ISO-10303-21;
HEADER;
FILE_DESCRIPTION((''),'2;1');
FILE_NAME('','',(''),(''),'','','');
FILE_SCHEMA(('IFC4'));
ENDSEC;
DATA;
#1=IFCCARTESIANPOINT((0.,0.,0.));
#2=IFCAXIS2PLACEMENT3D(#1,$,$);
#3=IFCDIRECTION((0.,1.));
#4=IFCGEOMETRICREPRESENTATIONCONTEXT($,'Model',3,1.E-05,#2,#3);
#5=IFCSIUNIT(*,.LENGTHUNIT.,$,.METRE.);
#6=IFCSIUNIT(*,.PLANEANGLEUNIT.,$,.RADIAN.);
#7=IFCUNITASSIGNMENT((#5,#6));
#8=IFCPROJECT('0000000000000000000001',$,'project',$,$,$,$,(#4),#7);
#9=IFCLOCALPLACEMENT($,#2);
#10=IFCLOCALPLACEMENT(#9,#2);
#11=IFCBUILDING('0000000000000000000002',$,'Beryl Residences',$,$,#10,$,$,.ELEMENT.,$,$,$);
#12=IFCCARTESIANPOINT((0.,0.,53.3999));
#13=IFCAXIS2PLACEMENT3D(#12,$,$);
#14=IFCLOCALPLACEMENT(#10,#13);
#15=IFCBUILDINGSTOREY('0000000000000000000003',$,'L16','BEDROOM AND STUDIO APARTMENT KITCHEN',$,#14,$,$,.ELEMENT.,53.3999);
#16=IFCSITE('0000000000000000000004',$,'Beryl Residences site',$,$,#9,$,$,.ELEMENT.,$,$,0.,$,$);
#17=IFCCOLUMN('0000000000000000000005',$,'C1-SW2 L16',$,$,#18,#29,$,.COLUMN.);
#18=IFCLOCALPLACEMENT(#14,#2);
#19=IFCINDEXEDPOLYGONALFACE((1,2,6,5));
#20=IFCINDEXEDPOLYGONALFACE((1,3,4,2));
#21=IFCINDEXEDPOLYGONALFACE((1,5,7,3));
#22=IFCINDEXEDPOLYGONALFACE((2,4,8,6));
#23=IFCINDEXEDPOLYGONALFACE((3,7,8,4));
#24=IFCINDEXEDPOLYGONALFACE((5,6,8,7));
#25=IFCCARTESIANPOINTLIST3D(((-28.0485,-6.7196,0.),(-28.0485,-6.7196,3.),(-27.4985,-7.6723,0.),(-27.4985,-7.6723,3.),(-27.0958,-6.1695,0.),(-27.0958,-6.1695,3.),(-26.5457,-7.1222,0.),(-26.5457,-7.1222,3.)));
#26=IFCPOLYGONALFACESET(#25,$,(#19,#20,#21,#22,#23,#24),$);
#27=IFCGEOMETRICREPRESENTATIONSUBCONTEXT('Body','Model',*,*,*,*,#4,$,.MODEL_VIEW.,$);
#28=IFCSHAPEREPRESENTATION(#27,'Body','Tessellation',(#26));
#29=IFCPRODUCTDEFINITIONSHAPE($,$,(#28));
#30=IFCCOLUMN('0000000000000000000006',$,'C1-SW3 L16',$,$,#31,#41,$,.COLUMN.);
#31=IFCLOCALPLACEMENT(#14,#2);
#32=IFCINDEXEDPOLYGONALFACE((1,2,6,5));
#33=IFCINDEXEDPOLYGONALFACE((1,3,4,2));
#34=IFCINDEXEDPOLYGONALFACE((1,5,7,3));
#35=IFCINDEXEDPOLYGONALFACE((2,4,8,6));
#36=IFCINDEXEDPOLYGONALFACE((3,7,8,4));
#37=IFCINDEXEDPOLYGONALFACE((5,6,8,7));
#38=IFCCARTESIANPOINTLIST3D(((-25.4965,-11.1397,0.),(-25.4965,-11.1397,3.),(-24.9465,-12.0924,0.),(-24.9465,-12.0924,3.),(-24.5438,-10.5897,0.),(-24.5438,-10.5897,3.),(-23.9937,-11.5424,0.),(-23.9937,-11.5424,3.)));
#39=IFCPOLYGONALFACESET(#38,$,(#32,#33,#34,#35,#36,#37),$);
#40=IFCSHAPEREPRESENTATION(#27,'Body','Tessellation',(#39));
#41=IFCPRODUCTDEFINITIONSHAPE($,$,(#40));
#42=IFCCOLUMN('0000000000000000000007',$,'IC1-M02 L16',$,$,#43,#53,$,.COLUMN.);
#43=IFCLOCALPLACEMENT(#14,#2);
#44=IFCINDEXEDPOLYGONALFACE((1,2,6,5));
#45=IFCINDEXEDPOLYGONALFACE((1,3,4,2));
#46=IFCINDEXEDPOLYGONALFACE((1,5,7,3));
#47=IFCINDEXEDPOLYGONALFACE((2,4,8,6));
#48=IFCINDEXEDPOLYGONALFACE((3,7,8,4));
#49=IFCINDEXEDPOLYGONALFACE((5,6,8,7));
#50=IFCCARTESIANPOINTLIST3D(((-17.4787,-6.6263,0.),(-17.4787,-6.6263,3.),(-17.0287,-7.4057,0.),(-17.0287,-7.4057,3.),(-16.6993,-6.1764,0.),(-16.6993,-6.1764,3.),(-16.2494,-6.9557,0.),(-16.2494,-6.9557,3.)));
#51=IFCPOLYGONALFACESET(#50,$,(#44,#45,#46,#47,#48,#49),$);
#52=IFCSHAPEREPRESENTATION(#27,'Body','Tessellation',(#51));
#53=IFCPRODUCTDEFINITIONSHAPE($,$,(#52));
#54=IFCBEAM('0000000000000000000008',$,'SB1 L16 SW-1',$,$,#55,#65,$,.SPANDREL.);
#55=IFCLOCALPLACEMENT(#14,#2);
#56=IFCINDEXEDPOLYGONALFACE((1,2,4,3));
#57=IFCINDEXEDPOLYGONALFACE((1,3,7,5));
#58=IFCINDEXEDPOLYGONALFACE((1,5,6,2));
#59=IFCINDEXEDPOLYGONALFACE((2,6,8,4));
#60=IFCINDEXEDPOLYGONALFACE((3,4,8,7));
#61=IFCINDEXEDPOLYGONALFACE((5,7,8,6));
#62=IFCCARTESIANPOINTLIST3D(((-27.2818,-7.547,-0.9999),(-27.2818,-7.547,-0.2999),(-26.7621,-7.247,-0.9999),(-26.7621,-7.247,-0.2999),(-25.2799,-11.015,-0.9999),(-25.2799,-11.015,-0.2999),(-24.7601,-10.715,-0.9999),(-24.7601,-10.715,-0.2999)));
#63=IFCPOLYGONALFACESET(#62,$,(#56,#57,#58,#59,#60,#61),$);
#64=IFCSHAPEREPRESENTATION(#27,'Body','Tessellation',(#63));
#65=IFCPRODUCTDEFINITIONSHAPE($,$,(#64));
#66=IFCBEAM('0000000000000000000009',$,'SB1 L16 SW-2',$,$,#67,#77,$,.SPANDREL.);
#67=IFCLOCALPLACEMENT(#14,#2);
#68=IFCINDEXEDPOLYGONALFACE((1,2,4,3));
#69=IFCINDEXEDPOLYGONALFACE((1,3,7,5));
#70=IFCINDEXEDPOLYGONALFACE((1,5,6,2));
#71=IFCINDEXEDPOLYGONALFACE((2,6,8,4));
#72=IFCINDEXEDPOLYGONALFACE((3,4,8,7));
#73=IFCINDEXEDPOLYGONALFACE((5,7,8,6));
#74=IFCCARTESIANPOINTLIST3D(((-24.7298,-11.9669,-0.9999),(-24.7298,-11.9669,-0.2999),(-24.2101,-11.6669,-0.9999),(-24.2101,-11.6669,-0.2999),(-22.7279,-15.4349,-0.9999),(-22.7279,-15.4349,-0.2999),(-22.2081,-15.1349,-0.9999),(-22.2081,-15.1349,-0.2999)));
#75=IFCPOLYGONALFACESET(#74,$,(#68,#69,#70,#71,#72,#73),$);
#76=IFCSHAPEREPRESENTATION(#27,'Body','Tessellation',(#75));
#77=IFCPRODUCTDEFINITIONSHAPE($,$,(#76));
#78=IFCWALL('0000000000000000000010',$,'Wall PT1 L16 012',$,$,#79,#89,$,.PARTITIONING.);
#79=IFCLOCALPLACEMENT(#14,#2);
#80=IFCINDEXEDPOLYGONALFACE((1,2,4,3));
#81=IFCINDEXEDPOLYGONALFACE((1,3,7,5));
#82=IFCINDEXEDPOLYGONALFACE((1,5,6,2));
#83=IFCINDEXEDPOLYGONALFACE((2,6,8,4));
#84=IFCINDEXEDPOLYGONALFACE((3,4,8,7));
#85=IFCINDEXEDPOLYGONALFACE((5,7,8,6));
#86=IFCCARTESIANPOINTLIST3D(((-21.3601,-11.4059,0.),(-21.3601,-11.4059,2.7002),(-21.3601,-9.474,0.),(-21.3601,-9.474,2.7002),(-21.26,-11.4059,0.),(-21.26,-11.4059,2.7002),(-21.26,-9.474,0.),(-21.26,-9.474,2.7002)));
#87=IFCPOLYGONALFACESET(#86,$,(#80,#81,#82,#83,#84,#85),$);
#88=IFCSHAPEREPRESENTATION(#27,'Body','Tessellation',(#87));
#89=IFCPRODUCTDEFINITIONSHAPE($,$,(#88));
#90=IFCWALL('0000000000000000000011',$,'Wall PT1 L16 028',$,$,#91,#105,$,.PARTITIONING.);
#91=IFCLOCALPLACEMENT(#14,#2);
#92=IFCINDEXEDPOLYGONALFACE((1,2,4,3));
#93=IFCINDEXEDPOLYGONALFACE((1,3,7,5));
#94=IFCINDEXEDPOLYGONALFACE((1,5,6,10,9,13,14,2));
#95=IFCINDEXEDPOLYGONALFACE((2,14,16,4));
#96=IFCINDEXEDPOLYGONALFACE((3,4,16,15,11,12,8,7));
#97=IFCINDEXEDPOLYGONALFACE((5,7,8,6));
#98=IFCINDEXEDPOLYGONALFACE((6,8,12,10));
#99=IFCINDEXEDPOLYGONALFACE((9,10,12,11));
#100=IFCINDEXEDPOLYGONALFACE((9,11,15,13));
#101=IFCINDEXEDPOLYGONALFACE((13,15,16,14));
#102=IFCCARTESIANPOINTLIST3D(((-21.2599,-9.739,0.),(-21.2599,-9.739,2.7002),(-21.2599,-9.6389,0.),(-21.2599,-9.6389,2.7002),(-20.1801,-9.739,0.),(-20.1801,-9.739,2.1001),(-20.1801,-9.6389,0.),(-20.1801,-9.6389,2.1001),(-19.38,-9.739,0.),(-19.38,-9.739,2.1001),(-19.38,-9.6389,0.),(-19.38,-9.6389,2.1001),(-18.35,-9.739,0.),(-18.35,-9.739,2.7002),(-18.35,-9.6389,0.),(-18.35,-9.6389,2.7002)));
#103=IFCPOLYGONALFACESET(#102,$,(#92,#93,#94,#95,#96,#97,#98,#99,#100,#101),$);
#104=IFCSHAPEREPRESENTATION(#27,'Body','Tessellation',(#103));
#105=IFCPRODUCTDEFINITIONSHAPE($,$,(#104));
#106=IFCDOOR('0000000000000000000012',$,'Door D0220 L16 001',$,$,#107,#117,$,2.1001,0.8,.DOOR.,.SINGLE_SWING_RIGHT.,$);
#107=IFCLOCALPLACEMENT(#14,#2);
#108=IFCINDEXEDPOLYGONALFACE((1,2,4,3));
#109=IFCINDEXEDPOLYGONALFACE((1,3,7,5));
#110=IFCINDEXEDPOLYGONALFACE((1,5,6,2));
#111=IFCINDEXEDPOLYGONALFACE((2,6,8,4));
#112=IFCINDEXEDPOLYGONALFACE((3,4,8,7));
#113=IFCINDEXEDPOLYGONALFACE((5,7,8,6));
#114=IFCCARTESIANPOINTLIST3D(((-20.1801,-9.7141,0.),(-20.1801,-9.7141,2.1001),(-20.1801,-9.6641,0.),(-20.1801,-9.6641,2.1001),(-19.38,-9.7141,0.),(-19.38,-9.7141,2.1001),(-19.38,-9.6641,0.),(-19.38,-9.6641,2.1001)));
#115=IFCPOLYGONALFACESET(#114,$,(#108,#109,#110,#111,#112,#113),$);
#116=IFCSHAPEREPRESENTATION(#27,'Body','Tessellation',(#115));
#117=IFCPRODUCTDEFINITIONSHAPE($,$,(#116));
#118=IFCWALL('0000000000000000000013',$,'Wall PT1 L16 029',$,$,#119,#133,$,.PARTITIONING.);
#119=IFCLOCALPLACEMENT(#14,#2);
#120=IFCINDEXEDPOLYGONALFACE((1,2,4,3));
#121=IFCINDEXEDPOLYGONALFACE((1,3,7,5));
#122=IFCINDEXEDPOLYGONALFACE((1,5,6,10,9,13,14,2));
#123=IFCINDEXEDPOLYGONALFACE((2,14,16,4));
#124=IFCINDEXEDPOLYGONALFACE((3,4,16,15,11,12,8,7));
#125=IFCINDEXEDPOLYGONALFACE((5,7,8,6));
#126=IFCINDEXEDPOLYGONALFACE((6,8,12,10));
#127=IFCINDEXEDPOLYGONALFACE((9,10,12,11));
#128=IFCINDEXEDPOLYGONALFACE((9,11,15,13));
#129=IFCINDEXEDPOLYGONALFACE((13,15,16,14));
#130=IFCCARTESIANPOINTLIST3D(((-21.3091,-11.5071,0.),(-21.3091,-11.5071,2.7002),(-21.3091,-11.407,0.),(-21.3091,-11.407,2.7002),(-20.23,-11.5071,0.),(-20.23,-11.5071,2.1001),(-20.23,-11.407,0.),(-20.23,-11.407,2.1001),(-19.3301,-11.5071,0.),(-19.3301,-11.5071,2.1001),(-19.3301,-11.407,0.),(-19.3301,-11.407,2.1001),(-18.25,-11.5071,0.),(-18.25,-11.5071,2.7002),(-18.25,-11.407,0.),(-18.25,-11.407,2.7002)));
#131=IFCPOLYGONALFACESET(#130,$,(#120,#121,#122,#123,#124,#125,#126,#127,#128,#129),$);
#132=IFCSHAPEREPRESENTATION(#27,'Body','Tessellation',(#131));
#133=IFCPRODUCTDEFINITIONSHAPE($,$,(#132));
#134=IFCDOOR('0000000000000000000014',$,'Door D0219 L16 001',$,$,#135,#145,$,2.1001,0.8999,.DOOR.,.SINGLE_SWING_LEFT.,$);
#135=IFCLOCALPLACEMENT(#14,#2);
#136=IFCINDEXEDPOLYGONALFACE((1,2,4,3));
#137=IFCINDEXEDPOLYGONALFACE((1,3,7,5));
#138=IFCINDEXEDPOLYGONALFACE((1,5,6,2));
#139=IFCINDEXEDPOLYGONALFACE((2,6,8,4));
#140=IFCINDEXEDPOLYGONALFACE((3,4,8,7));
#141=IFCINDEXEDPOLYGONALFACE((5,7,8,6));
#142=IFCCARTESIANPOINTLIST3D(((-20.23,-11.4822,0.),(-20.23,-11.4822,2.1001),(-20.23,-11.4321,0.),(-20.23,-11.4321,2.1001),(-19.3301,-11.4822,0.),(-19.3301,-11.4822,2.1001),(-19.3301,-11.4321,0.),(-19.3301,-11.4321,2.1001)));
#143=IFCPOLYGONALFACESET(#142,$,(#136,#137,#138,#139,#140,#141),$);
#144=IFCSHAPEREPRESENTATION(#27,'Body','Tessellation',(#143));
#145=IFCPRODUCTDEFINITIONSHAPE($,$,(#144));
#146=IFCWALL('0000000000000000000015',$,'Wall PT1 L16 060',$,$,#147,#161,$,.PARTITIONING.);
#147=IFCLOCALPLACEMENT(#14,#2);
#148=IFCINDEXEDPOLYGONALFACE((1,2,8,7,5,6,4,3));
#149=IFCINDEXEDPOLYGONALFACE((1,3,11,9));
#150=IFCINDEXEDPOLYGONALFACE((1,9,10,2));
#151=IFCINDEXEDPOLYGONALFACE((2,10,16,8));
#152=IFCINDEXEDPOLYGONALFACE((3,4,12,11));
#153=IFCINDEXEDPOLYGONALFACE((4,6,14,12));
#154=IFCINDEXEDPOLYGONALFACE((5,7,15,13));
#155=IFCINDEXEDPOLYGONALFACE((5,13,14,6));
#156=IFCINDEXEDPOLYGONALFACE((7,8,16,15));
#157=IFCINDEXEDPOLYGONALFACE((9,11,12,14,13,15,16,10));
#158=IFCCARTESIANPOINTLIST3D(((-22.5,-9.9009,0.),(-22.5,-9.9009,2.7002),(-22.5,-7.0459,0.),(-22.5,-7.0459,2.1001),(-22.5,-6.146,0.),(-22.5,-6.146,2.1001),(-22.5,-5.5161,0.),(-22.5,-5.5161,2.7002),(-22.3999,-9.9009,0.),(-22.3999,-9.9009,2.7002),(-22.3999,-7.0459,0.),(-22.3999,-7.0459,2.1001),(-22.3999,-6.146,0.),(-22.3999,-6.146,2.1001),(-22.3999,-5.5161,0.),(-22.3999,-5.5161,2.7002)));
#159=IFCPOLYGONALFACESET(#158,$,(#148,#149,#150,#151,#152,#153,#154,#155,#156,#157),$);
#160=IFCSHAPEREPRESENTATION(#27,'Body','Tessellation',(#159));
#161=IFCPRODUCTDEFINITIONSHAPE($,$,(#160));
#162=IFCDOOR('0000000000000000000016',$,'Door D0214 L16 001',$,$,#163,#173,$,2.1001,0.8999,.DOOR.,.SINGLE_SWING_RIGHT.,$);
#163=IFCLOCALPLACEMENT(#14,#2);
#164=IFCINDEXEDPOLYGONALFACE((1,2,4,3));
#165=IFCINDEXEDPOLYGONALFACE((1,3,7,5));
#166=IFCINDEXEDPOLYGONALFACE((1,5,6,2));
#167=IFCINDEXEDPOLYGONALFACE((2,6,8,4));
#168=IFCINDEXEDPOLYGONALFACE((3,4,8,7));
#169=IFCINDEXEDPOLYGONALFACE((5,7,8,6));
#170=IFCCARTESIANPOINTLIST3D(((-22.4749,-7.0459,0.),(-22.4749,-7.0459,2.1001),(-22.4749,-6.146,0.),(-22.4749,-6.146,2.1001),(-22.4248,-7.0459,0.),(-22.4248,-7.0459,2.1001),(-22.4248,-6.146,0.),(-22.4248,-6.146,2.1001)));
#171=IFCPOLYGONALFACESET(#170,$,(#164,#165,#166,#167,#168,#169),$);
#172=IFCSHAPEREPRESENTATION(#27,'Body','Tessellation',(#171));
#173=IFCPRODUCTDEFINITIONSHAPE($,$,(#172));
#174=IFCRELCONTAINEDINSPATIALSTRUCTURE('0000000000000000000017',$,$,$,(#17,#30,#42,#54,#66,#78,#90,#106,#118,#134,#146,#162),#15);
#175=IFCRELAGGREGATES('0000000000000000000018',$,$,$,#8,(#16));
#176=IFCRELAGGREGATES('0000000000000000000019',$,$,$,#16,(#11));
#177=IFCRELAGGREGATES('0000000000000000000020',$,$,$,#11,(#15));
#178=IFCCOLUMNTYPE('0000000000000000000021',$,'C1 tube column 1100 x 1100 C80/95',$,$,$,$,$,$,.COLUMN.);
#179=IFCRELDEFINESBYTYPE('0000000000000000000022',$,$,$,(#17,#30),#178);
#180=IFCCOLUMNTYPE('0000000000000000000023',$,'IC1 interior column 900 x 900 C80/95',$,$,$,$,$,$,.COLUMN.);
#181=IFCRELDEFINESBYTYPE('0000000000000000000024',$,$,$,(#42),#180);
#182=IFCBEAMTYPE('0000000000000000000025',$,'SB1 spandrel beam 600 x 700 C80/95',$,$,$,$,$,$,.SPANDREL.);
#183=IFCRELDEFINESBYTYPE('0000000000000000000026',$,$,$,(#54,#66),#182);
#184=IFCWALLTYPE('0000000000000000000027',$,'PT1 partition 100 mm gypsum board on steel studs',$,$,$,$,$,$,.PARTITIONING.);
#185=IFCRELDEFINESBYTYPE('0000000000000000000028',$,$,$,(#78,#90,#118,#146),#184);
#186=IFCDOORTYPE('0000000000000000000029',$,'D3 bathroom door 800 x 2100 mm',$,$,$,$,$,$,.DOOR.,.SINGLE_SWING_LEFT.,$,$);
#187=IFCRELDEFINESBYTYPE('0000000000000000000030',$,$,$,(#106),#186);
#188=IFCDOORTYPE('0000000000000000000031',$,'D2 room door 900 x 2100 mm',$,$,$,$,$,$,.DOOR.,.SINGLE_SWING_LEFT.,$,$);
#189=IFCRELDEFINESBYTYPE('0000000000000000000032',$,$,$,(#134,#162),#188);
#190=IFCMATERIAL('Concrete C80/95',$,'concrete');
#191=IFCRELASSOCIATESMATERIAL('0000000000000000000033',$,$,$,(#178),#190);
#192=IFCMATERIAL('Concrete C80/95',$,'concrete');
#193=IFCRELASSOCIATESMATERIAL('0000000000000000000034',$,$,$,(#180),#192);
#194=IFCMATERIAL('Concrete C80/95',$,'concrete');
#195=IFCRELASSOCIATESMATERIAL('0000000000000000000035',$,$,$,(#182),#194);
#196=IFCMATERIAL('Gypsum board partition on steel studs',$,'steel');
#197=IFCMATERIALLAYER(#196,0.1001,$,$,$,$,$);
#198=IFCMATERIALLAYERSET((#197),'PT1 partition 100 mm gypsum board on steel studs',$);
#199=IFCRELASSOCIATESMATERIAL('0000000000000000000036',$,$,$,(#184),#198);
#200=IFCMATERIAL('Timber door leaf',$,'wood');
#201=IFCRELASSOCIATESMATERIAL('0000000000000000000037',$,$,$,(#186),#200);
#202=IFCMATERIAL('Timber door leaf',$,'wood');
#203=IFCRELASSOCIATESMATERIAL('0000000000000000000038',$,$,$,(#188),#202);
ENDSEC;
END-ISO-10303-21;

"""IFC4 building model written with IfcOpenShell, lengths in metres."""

from ifc_helpers import new_model, si_unit, direction, frame, frame_2d, origin, origin_2d, place, context, subcontext, project, spatial, rectangle, extrude, material, layer, layer_set, material_profile, profile_set, type_object, element, fill, save


model = new_model("IFC4")

# Units and contexts
model_context = context("Model", 3, precision=1e-05, world=origin(), true_north=direction((0.0, 1.0)))
body_context = subcontext(model_context, "Body", "Model", "MODEL_VIEW")
ifc_project = project(units=[si_unit("LENGTHUNIT", "METRE"), si_unit("PLANEANGLEUNIT", "RADIAN")], contexts=[model_context])

# Site, building, storey
site_placement = place(None, origin())
site = spatial("IfcSite", under=ifc_project, at=site_placement, Name="Beryl Residences site", CompositionType="ELEMENT", RefElevation=0.0)
building_placement = place(site_placement, origin())
building = spatial("IfcBuilding", under=site, at=building_placement, Name="Beryl Residences", CompositionType="ELEMENT")
storey_placement = place(building_placement, frame((0.0, 0.0, 53.3999)))
storey = spatial("IfcBuildingStorey", under=building, at=storey_placement, Name="L16", Description="BEDROOM AND STUDIO APARTMENT KITCHEN", CompositionType="ELEMENT", Elevation=53.3999)

# Columns
ifc_material_1 = material(Name="Concrete C80/95", Category="concrete")
ifc_material_profile_1 = material_profile(ifc_material_1, rectangle(XDim=1.1001, YDim=1.1001, at=origin_2d()))
ifc_profile_set_1 = profile_set([ifc_material_profile_1], Name="Concrete C80/95")
column_type_1 = type_object("IfcColumnType", Name="C1 tube column 1100 x 1100 C80/95", PredefinedType="COLUMN", material=ifc_profile_set_1)
for number, where, z_axis, x_axis, name in (
    (1, (-27.2971, -6.9209, 0.0), (0.0, 0.0, 1.0), (0.499985, -0.866034, 0.0), "C1-SW2 L16"),
    (2, (-24.7451, -11.3411, 0.0), (0.0, 0.0, 1.0), (0.499985, -0.866034, 0.0), "C1-SW3 L16"),
):
    element("IfcColumn", number, at=place(storey_placement, frame(where, z_axis=z_axis, x_axis=x_axis)), inside=storey, type_object=column_type_1, Name=name, PredefinedType="COLUMN", context=body_context, shape_type="SweptSolid", body=[
        extrude(rectangle(XDim=1.1001, YDim=1.1001, at=origin_2d()), origin(), (0.0, 0.0, 1.0), 3.0),
    ])
ifc_material_2 = material(Name="Concrete C80/95", Category="concrete")
ifc_material_profile_2 = material_profile(ifc_material_2, rectangle(XDim=0.8999, YDim=0.8999, at=origin_2d()))
ifc_profile_set_2 = profile_set([ifc_material_profile_2], Name="Concrete C80/95")
column_type_2 = type_object("IfcColumnType", Name="IC1 interior column 900 x 900 C80/95", PredefinedType="COLUMN", material=ifc_profile_set_2)
column_placement = place(storey_placement, frame((-16.864, -6.791, 0.0), z_axis=(0.0, 0.0, 1.0), x_axis=(0.499985, -0.866034, 0.0)))
element("IfcColumn", 3, at=column_placement, inside=storey, type_object=column_type_2, Name="IC1-M02 L16", PredefinedType="COLUMN", context=body_context, shape_type="SweptSolid", body=[
    extrude(rectangle(XDim=0.8999, YDim=0.8999, at=origin_2d()), origin(), (0.0, 0.0, 1.0), 3.0),
])

# Beams
ifc_material_3 = material(Name="Concrete C80/95", Category="concrete")
ifc_material_profile_3 = material_profile(ifc_material_3, rectangle(XDim=0.6001, YDim=0.7, at=origin_2d()))
ifc_profile_set_3 = profile_set([ifc_material_profile_3], Name="Concrete C80/95")
beam_type = type_object("IfcBeamType", Name="SB1 spandrel beam 600 x 700 C80/95", PredefinedType="SPANDREL", material=ifc_profile_set_3)
for number, where, z_axis, x_axis, name in (
    (4, (-27.022, -7.397, -0.6499), (0.499942, -0.866059, 0.0), (0.866059, 0.499942, 0.0), "SB1 L16 SW-1"),
    (5, (-24.47, -11.8169, -0.6499), (0.499942, -0.866059, 0.0), (0.866059, 0.499942, 0.0), "SB1 L16 SW-2"),
):
    element("IfcBeam", number, at=place(storey_placement, frame(where, z_axis=z_axis, x_axis=x_axis)), inside=storey, type_object=beam_type, Name=name, PredefinedType="SPANDREL", context=body_context, shape_type="SweptSolid", body=[
        extrude(rectangle(XDim=0.6001, YDim=0.7, at=origin_2d()), origin(), (0.0, 0.0, 1.0), 4.0044),
    ])

# Wall
ifc_material_4 = material(Name="Gypsum board partition on steel studs", Category="steel")
ifc_layer_1 = layer(ifc_material_4, 0.1001)
ifc_layer_set_1 = layer_set([ifc_layer_1], Name="PT1 partition 100 mm gypsum board on steel studs")
wall_type_1 = type_object("IfcWallType", Name="PT1 partition 100 mm gypsum board on steel studs", PredefinedType="PARTITIONING", material=ifc_layer_set_1)
wall_1_placement = place(storey_placement, frame((-21.3101, -9.4741, 0.0), z_axis=(0.0, 0.0, 1.0), x_axis=(0.0, -1.0, 0.0)))
element("IfcWall", 6, at=wall_1_placement, inside=storey, type_object=wall_type_1, Name="Wall PT1 L16 012", PredefinedType="PARTITIONING", context=body_context, shape_type="SweptSolid", body=[
    extrude(rectangle(XDim=1.9319, YDim=0.1001, at=frame_2d((0.9658, 0.0))), origin(), (0.0, 0.0, 1.0), 2.7002),
])

# Walls, openings, doors
wall_2_placement = place(storey_placement, frame((-21.26, -9.689, 0.0), z_axis=(0.0, 0.0, 1.0), x_axis=(1.0, 0.0, 0.0)))
wall_2 = element("IfcWall", 7, at=wall_2_placement, inside=storey, type_object=wall_type_1, Name="Wall PT1 L16 028", PredefinedType="PARTITIONING", context=body_context, shape_type="SweptSolid", body=[
    extrude(rectangle(XDim=2.9099, YDim=0.1001, at=frame_2d((1.4551, 0.0))), origin(), (0.0, 0.0, 1.0), 2.7002),
])
opening_1_placement = place(wall_2_placement, frame((1.0801, 0.0, 0.0)))
opening_1 = element("IfcOpeningElement", 8, at=opening_1_placement, cuts=wall_2, PredefinedType="OPENING", context=body_context, shape_type="SweptSolid", body=[
    extrude(rectangle(XDim=0.8, YDim=2.1001, at=frame_2d((0.3999, 1.05))), frame((0.0, 0.0601, 0.0), z_axis=(0.0, -1.0, 0.0), x_axis=(1.0, 0.0, 0.0)), (0.0, 0.0, 1.0), 0.1201),
])
ifc_material_5 = material(Name="Timber door leaf", Category="wood")
door_type_1 = type_object("IfcDoorType", Name="D3 bathroom door 800 x 2100 mm", OperationType="SINGLE_SWING_LEFT", PredefinedType="DOOR", material=ifc_material_5)
door_1_placement = place(opening_1_placement, origin())
door_1 = element("IfcDoor", 9, at=door_1_placement, inside=storey, type_object=door_type_1, Name="Door D0220 L16 001", OperationType="SINGLE_SWING_RIGHT", OverallHeight=2.1001, OverallWidth=0.8, PredefinedType="DOOR", context=body_context, shape_type="SweptSolid", body=[
    extrude(rectangle(XDim=0.8, YDim=2.1001, at=frame_2d((0.3999, 1.05))), frame((0.0, 0.0249, 0.0), z_axis=(0.0, -1.0, 0.0), x_axis=(1.0, 0.0, 0.0)), (0.0, 0.0, 1.0), 0.05),
])
fill(opening_1, door_1)
wall_3_placement = place(storey_placement, frame((-21.3091, -11.457, 0.0), z_axis=(0.0, 0.0, 1.0), x_axis=(1.0, 0.0, 0.0)))
wall_3 = element("IfcWall", 10, at=wall_3_placement, inside=storey, type_object=wall_type_1, Name="Wall PT1 L16 029", PredefinedType="PARTITIONING", context=body_context, shape_type="SweptSolid", body=[
    extrude(rectangle(XDim=3.0591, YDim=0.1001, at=frame_2d((1.5295, 0.0))), origin(), (0.0, 0.0, 1.0), 2.7002),
])
opening_2_placement = place(wall_3_placement, frame((1.0791, 0.0, 0.0)))
opening_2 = element("IfcOpeningElement", 11, at=opening_2_placement, cuts=wall_3, PredefinedType="OPENING", context=body_context, shape_type="SweptSolid", body=[
    extrude(rectangle(XDim=0.8999, YDim=2.1001, at=frame_2d((0.45, 1.05))), frame((0.0, 0.0601, 0.0), z_axis=(0.0, -1.0, 0.0), x_axis=(1.0, 0.0, 0.0)), (0.0, 0.0, 1.0), 0.1201),
])
ifc_material_6 = material(Name="Timber door leaf", Category="wood")
door_type_2 = type_object("IfcDoorType", Name="D2 room door 900 x 2100 mm", OperationType="SINGLE_SWING_LEFT", PredefinedType="DOOR", material=ifc_material_6)
door_2_placement = place(opening_2_placement, origin())
door_2 = element("IfcDoor", 12, at=door_2_placement, inside=storey, type_object=door_type_2, Name="Door D0219 L16 001", OperationType="SINGLE_SWING_LEFT", OverallHeight=2.1001, OverallWidth=0.8999, PredefinedType="DOOR", context=body_context, shape_type="SweptSolid", body=[
    extrude(rectangle(XDim=0.8999, YDim=2.1001, at=frame_2d((0.45, 1.05))), frame((0.0, 0.0249, 0.0), z_axis=(0.0, -1.0, 0.0), x_axis=(1.0, 0.0, 0.0)), (0.0, 0.0, 1.0), 0.05),
])
fill(opening_2, door_2)
wall_4_placement = place(storey_placement, frame((-22.45, -9.9009, 0.0), z_axis=(0.0, 0.0, 1.0), x_axis=(0.0, 1.0, 0.0)))
wall_4 = element("IfcWall", 13, at=wall_4_placement, inside=storey, type_object=wall_type_1, Name="Wall PT1 L16 060", PredefinedType="PARTITIONING", context=body_context, shape_type="SweptSolid", body=[
    extrude(rectangle(XDim=4.3848, YDim=0.1001, at=frame_2d((2.1924, 0.0))), origin(), (0.0, 0.0, 1.0), 2.7002),
])
opening_3_placement = place(wall_4_placement, frame((2.855, 0.0, 0.0)))
opening_3 = element("IfcOpeningElement", 14, at=opening_3_placement, cuts=wall_4, PredefinedType="OPENING", context=body_context, shape_type="SweptSolid", body=[
    extrude(rectangle(XDim=0.8999, YDim=2.1001, at=frame_2d((0.45, 1.05))), frame((0.0, 0.0601, 0.0), z_axis=(0.0, -1.0, 0.0), x_axis=(1.0, 0.0, 0.0)), (0.0, 0.0, 1.0), 0.1201),
])
door_3_placement = place(opening_3_placement, origin())
door_3 = element("IfcDoor", 15, at=door_3_placement, inside=storey, type_object=door_type_2, Name="Door D0214 L16 001", OperationType="SINGLE_SWING_RIGHT", OverallHeight=2.1001, OverallWidth=0.8999, PredefinedType="DOOR", context=body_context, shape_type="SweptSolid", body=[
    extrude(rectangle(XDim=0.8999, YDim=2.1001, at=frame_2d((0.45, 1.05))), frame((0.0, 0.0249, 0.0), z_axis=(0.0, -1.0, 0.0), x_axis=(1.0, 0.0, 0.0)), (0.0, 0.0, 1.0), 0.05),
])
fill(opening_3, door_3)

save(model, "model.ifc")
